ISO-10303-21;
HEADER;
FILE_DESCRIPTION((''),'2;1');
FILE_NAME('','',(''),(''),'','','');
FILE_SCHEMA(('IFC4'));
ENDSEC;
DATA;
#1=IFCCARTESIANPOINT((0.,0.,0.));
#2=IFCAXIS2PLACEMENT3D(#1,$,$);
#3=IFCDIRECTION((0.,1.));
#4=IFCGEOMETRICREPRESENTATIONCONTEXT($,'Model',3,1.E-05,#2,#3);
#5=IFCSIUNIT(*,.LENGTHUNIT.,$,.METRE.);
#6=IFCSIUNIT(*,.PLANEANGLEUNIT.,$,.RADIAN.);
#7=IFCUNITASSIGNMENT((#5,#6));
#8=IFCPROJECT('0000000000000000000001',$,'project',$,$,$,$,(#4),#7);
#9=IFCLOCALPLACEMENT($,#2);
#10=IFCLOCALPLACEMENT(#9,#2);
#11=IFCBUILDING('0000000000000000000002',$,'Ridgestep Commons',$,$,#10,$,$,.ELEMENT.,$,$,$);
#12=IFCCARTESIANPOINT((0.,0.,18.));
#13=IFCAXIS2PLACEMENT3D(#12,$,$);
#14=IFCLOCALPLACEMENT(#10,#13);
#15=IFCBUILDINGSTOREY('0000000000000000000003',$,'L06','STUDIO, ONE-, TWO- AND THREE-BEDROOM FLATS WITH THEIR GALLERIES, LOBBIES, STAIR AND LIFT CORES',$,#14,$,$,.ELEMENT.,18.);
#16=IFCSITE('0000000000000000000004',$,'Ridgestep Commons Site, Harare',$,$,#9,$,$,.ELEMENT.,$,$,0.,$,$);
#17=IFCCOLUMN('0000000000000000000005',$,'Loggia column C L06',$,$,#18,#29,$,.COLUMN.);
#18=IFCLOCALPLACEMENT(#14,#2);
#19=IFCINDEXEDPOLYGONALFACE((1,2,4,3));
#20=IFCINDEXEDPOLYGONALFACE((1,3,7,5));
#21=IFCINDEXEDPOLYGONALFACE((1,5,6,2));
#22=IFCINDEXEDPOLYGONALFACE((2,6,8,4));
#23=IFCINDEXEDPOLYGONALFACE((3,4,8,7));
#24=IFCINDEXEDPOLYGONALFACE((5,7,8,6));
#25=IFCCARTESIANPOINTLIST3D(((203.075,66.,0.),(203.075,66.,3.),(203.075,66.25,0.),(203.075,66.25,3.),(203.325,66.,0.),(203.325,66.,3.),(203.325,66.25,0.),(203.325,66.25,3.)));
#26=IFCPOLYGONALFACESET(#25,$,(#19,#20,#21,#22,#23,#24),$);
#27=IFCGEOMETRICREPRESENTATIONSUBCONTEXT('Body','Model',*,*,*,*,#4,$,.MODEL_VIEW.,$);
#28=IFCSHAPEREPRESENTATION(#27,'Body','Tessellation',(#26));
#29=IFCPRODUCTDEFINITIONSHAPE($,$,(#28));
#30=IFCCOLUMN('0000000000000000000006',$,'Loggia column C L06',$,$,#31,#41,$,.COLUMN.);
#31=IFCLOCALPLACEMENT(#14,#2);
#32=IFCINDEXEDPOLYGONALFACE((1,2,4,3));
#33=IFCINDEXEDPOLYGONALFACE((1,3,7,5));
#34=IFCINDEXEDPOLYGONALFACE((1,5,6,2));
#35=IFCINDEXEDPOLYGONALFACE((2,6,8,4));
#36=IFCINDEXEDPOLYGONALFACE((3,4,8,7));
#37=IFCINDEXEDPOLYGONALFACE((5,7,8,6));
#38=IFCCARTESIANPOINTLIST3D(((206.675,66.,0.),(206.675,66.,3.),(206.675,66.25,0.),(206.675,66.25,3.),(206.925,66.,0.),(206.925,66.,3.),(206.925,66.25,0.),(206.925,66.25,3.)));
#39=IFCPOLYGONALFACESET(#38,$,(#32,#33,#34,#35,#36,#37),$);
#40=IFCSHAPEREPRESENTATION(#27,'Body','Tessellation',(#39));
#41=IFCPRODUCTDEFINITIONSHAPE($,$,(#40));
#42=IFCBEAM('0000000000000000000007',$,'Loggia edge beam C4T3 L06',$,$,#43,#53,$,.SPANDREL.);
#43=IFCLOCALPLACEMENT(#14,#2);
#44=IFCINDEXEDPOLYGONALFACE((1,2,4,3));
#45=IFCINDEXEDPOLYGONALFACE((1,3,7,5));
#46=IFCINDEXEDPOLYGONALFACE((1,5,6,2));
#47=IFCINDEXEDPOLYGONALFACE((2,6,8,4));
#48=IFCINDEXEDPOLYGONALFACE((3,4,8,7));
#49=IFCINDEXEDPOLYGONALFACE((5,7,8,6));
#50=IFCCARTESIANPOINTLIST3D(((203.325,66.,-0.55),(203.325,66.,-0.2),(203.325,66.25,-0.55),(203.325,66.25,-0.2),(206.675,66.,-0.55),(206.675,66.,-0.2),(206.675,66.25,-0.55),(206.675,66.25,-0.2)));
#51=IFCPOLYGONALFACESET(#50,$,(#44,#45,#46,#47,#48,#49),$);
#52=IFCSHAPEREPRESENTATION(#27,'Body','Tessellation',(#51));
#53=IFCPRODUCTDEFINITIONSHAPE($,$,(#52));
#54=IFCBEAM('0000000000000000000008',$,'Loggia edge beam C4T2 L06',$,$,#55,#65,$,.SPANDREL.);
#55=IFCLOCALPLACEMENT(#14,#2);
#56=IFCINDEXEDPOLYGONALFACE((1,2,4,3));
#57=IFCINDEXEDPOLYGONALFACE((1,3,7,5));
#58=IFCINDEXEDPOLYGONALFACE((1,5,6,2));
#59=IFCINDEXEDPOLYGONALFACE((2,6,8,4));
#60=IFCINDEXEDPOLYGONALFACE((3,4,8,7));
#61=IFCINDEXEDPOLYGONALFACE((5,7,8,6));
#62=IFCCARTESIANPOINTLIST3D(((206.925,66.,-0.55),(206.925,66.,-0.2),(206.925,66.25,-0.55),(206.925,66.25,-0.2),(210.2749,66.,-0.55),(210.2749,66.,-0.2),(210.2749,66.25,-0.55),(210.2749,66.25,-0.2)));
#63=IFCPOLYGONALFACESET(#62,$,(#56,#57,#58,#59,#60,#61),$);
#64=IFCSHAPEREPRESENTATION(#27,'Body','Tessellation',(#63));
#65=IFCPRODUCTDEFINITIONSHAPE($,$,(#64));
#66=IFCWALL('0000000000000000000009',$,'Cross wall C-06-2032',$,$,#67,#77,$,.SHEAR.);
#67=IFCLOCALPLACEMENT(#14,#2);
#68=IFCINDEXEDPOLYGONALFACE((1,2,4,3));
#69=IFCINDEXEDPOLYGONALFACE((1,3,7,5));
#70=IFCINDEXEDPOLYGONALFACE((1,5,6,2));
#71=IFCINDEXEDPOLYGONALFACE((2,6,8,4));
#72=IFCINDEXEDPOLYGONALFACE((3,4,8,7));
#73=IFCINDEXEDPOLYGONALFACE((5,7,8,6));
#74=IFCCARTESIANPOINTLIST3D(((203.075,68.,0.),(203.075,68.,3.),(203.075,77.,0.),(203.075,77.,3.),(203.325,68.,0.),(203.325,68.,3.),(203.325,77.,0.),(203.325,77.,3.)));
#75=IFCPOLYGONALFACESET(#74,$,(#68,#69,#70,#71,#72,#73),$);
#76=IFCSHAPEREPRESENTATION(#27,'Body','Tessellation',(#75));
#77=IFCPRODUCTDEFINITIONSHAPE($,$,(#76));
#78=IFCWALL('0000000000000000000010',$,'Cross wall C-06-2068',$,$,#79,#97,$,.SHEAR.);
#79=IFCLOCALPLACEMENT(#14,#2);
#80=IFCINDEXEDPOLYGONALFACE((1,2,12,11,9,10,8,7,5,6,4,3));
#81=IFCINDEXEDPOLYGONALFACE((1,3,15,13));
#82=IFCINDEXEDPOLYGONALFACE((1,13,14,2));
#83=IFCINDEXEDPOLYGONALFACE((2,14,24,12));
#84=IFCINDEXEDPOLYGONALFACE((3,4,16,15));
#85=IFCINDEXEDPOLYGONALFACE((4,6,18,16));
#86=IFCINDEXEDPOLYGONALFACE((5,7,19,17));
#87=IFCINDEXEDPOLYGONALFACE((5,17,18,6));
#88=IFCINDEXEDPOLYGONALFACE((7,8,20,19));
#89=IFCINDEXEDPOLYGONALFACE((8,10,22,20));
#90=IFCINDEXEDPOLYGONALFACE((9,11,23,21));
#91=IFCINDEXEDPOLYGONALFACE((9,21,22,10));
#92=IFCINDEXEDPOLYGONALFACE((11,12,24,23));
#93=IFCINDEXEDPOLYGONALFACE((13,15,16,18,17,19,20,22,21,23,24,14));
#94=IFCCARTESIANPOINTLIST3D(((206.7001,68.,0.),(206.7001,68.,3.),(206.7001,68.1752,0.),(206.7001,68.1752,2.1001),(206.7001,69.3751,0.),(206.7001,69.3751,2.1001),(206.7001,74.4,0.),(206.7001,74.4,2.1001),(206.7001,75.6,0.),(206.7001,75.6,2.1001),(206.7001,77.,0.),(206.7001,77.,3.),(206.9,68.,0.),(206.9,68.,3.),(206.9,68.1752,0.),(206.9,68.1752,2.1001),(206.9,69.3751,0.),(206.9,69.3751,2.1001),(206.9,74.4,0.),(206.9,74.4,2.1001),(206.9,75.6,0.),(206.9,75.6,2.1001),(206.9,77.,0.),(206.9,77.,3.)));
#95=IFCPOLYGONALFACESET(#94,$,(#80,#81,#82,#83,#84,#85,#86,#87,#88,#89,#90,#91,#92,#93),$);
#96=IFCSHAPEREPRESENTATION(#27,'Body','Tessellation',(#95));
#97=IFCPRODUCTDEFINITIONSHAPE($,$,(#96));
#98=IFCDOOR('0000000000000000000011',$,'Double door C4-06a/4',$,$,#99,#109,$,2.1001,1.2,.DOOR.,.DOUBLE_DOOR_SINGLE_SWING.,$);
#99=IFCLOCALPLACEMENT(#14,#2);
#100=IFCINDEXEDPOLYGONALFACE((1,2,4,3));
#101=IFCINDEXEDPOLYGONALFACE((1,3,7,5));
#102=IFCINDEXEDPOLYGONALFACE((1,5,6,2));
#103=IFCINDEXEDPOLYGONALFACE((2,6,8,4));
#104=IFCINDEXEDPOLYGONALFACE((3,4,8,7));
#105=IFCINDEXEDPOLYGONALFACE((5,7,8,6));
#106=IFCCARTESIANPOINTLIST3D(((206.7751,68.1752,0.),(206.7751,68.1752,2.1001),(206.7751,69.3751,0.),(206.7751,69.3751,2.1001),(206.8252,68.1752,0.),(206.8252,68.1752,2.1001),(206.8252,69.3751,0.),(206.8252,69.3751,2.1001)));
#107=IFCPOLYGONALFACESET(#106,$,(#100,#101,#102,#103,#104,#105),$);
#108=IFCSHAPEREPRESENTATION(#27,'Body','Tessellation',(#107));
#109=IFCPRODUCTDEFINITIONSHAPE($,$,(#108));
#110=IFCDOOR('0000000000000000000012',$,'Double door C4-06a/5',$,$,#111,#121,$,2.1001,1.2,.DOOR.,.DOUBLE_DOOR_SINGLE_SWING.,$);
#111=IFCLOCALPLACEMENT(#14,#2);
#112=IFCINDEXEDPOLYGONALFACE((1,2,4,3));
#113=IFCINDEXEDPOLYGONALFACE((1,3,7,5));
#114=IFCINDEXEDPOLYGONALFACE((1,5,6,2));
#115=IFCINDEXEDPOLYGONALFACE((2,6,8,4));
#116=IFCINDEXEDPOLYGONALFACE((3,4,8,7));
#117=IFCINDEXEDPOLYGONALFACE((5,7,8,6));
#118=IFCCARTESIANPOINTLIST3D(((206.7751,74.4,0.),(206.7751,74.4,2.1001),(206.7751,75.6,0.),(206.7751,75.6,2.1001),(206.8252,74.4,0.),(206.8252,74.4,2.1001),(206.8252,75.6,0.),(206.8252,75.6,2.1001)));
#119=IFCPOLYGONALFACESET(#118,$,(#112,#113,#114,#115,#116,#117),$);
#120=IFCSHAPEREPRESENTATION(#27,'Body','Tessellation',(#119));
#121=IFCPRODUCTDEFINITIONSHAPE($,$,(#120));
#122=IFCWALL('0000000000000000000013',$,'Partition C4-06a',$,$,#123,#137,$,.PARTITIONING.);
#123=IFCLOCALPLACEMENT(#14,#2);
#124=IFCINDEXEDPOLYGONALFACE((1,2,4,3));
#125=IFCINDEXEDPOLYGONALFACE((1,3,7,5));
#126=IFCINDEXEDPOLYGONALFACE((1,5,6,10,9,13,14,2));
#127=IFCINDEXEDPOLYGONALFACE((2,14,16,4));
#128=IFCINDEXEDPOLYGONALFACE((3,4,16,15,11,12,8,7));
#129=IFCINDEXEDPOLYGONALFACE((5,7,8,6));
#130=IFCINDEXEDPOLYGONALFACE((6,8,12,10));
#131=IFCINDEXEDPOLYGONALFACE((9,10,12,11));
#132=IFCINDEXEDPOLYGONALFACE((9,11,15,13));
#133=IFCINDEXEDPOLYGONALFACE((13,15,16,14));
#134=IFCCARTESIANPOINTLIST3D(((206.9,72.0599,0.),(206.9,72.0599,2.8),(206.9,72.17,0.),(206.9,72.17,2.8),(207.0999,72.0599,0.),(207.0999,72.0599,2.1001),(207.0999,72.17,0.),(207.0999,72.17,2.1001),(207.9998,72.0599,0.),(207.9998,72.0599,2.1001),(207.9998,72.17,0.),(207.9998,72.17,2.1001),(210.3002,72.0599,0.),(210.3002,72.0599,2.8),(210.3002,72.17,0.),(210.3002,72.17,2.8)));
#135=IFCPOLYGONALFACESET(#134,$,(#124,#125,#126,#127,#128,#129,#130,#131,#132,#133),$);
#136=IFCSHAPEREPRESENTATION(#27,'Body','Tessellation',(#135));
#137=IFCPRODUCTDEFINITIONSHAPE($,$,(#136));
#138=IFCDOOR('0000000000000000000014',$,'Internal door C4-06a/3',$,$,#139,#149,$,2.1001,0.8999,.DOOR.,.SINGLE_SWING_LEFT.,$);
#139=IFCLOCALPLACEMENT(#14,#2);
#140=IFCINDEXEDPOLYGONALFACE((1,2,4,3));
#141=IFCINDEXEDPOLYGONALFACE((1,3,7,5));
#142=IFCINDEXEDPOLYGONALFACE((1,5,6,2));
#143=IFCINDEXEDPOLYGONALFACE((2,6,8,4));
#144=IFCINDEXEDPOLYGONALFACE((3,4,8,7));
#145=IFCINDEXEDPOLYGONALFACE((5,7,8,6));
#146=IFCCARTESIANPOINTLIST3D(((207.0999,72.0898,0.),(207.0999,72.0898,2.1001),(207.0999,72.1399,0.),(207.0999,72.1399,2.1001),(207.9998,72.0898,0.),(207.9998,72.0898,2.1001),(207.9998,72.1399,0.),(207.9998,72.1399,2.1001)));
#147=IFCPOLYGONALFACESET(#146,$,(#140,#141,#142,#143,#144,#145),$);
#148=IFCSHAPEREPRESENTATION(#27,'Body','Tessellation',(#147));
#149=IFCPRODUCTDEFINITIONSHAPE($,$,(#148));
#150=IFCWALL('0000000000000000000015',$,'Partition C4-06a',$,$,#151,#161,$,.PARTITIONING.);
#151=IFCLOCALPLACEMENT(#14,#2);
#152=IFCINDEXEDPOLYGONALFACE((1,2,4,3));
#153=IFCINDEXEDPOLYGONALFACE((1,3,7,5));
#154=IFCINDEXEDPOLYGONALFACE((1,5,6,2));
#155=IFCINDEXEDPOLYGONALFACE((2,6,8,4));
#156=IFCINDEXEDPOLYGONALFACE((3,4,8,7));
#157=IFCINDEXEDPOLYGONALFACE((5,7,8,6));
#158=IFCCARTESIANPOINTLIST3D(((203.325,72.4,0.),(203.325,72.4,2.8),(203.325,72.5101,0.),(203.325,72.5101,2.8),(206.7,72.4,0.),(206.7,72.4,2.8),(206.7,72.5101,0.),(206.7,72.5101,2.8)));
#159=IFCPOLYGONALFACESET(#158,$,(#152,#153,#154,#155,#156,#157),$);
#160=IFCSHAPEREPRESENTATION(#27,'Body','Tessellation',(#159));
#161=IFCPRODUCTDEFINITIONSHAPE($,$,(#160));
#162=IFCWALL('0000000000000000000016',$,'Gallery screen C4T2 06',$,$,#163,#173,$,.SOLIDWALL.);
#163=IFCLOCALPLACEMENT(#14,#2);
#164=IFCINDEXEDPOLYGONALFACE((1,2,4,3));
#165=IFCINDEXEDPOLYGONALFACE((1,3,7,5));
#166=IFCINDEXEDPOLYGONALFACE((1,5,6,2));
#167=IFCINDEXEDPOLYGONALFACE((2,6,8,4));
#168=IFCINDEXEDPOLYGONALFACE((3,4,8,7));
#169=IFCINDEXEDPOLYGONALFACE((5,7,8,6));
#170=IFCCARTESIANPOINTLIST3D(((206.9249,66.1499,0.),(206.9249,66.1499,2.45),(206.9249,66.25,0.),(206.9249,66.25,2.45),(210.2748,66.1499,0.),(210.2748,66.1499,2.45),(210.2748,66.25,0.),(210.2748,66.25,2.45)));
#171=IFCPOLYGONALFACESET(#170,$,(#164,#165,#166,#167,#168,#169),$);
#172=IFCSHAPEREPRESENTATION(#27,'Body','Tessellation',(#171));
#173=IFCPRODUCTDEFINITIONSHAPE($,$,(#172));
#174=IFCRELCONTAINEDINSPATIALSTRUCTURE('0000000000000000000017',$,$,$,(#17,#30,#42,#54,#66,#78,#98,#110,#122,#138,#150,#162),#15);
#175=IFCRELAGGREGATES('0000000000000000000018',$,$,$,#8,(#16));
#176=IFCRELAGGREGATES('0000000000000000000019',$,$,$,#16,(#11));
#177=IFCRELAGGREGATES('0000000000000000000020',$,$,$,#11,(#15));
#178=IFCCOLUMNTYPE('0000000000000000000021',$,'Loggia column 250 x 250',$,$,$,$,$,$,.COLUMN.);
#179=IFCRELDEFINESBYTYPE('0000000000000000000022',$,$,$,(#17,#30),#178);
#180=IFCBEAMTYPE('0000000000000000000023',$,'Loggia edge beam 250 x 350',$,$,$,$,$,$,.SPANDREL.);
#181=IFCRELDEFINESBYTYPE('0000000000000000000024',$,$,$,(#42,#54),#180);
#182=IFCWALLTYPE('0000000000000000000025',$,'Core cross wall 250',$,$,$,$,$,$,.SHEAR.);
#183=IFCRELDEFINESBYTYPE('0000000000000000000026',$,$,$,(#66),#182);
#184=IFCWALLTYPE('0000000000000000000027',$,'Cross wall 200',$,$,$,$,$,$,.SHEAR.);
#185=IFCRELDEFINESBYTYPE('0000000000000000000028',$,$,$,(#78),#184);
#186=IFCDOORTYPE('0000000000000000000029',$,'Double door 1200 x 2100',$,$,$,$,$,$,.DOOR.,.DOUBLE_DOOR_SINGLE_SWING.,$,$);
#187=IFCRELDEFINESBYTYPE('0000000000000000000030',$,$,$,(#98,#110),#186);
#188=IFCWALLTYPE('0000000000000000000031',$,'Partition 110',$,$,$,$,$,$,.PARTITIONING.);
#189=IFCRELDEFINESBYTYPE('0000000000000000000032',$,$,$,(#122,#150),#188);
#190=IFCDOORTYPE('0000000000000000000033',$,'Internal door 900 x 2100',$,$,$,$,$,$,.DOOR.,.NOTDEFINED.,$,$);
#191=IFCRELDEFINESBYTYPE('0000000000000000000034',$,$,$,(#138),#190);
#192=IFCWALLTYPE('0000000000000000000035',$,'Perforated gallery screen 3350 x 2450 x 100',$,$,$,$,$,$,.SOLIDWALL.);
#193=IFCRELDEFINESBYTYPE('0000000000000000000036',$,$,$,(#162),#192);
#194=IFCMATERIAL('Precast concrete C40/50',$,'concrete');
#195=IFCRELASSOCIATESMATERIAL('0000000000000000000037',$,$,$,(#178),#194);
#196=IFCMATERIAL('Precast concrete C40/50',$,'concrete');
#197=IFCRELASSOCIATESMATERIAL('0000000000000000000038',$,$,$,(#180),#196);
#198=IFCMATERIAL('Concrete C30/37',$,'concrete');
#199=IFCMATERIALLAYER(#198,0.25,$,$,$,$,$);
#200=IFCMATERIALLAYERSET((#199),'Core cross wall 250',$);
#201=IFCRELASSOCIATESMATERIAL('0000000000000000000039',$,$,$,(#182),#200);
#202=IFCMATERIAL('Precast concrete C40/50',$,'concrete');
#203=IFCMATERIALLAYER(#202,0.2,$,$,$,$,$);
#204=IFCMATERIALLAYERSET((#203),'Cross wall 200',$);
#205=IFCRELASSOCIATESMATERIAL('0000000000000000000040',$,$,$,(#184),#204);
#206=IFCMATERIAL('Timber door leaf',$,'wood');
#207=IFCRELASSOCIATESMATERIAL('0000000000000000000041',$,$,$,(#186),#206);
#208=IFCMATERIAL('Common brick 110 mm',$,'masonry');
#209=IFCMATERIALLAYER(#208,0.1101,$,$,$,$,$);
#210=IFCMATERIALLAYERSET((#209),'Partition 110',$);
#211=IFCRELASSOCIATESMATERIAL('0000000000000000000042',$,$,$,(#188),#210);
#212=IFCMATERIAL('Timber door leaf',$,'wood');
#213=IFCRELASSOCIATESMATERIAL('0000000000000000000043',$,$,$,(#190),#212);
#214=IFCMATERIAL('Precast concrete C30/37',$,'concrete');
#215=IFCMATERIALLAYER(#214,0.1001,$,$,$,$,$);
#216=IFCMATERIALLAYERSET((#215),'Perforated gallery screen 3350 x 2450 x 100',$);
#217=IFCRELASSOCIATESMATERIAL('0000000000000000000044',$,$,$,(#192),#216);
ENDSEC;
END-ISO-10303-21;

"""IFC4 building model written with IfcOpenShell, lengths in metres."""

from ifc_helpers import new_model, si_unit, direction, frame, frame_2d, origin, origin_2d, place, context, subcontext, project, spatial, rectangle, extrude, material, layer, layer_set, material_profile, profile_set, type_object, element, fill, save


model = new_model("IFC4")

# Units and contexts
model_context = context("Model", 3, precision=1e-05, world=origin(), true_north=direction((0.0, 1.0)))
body_context = subcontext(model_context, "Body", "Model", "MODEL_VIEW")
ifc_project = project(units=[si_unit("LENGTHUNIT", "METRE"), si_unit("PLANEANGLEUNIT", "RADIAN")], contexts=[model_context])

# Site, building, storey
site_placement = place(None, origin())
site = spatial("IfcSite", under=ifc_project, at=site_placement, Name="Ridgestep Commons Site, Harare", CompositionType="ELEMENT", RefElevation=0.0)
building_placement = place(site_placement, origin())
building = spatial("IfcBuilding", under=site, at=building_placement, Name="Ridgestep Commons", CompositionType="ELEMENT")
storey_placement = place(building_placement, frame((0.0, 0.0, 18.0)))
storey = spatial("IfcBuildingStorey", under=building, at=storey_placement, Name="L06", Description="STUDIO, ONE-, TWO- AND THREE-BEDROOM FLATS WITH THEIR GALLERIES, LOBBIES, STAIR AND LIFT CORES", CompositionType="ELEMENT", Elevation=18.0)

# Columns
ifc_material_1 = material(Name="Precast concrete C40/50", Category="concrete")
ifc_material_profile_1 = material_profile(ifc_material_1, rectangle(XDim=0.25, YDim=0.25, at=origin_2d()), Name="PC 250x250")
ifc_profile_set_1 = profile_set([ifc_material_profile_1], Name="Precast concrete C40/50")
column_type = type_object("IfcColumnType", Name="Loggia column 250 x 250", PredefinedType="COLUMN", material=ifc_profile_set_1)
for number, where, z_axis, x_axis, name in (
    (1, (203.2, 66.125, 0.0), (0.0, 0.0, 1.0), (1.0, 0.0, 0.0), "Loggia column C L06"),
    (2, (206.8, 66.125, 0.0), (0.0, 0.0, 1.0), (1.0, 0.0, 0.0), "Loggia column C L06"),
):
    element("IfcColumn", number, at=place(storey_placement, frame(where, z_axis=z_axis, x_axis=x_axis)), inside=storey, type_object=column_type, Name=name, PredefinedType="COLUMN", context=body_context, shape_type="SweptSolid", body=[
        extrude(rectangle(XDim=0.25, YDim=0.25, at=origin_2d()), origin(), (0.0, 0.0, 1.0), 3.0),
    ])

# Beams
ifc_material_2 = material(Name="Precast concrete C40/50", Category="concrete")
ifc_material_profile_2 = material_profile(ifc_material_2, rectangle(XDim=0.25, YDim=0.3501, at=origin_2d()), Name="PC 250x350")
ifc_profile_set_2 = profile_set([ifc_material_profile_2], Name="Precast concrete C40/50")
beam_type = type_object("IfcBeamType", Name="Loggia edge beam 250 x 350", PredefinedType="SPANDREL", material=ifc_profile_set_2)
beam_1_placement = place(storey_placement, frame((203.325, 66.125, -0.375), z_axis=(1.0, 0.0, 0.0), x_axis=(0.0, 1.0, 0.0)))
element("IfcBeam", 3, at=beam_1_placement, inside=storey, type_object=beam_type, Name="Loggia edge beam C4T3 L06", PredefinedType="SPANDREL", context=body_context, shape_type="SweptSolid", body=[
    extrude(rectangle(XDim=0.25, YDim=0.3501, at=origin_2d()), origin(), (0.0, 0.0, 1.0), 3.3501),
])
beam_2_placement = place(storey_placement, frame((206.925, 66.125, -0.375), z_axis=(1.0, 0.0, 0.0), x_axis=(0.0, 1.0, 0.0)))
element("IfcBeam", 4, at=beam_2_placement, inside=storey, type_object=beam_type, Name="Loggia edge beam C4T2 L06", PredefinedType="SPANDREL", context=body_context, shape_type="SweptSolid", body=[
    extrude(rectangle(XDim=0.25, YDim=0.3501, at=origin_2d()), origin(), (0.0, 0.0, 1.0), 3.3499),
])

# Wall
ifc_material_3 = material(Name="Concrete C30/37", Category="concrete")
ifc_layer_1 = layer(ifc_material_3, 0.25)
ifc_layer_set_1 = layer_set([ifc_layer_1], Name="Core cross wall 250")
wall_type_1 = type_object("IfcWallType", Name="Core cross wall 250", PredefinedType="SHEAR", material=ifc_layer_set_1)
wall_1_placement = place(storey_placement, frame((203.2, 68.0, 0.0), z_axis=(0.0, 0.0, 1.0), x_axis=(0.0, 1.0, 0.0)))
element("IfcWall", 5, at=wall_1_placement, inside=storey, type_object=wall_type_1, Name="Cross wall C-06-2032", PredefinedType="SHEAR", context=body_context, shape_type="SweptSolid", body=[
    extrude(rectangle(XDim=9.0, YDim=0.25, at=frame_2d((4.5, 0.0))), origin(), (0.0, 0.0, 1.0), 3.0),
])

# Wall, openings, doors
ifc_material_4 = material(Name="Precast concrete C40/50", Category="concrete")
ifc_layer_2 = layer(ifc_material_4, 0.2)
ifc_layer_set_2 = layer_set([ifc_layer_2], Name="Cross wall 200")
wall_type_2 = type_object("IfcWallType", Name="Cross wall 200", PredefinedType="SHEAR", material=ifc_layer_set_2)
wall_2_placement = place(storey_placement, frame((206.8, 68.0, 0.0), z_axis=(0.0, 0.0, 1.0), x_axis=(0.0, 1.0, 0.0)))
wall_2 = element("IfcWall", 6, at=wall_2_placement, inside=storey, type_object=wall_type_2, Name="Cross wall C-06-2068", PredefinedType="SHEAR", context=body_context, shape_type="SweptSolid", body=[
    extrude(rectangle(XDim=9.0, YDim=0.2, at=frame_2d((4.5, 0.0))), origin(), (0.0, 0.0, 1.0), 3.0),
])
opening_1_placement = place(wall_2_placement, frame((0.175, 0.0, 0.0)))
opening_1 = element("IfcOpeningElement", 7, at=opening_1_placement, cuts=wall_2, PredefinedType="OPENING", context=body_context, shape_type="SweptSolid", body=[
    extrude(rectangle(XDim=1.2, YDim=2.1001, at=frame_2d((0.6001, 1.05))), frame((0.0, 0.1099, 0.0), z_axis=(0.0, -1.0, 0.0), x_axis=(1.0, 0.0, 0.0)), (0.0, 0.0, 1.0), 0.22),
])
opening_2_placement = place(wall_2_placement, frame((6.3999, 0.0, 0.0)))
opening_2 = element("IfcOpeningElement", 8, at=opening_2_placement, cuts=wall_2, PredefinedType="OPENING", context=body_context, shape_type="SweptSolid", body=[
    extrude(rectangle(XDim=1.2, YDim=2.1001, at=frame_2d((0.6001, 1.05))), frame((0.0, 0.1099, 0.0), z_axis=(0.0, -1.0, 0.0), x_axis=(1.0, 0.0, 0.0)), (0.0, 0.0, 1.0), 0.22),
])
ifc_material_5 = material(Name="Timber door leaf", Category="wood")
door_type_1 = type_object("IfcDoorType", Name="Double door 1200 x 2100", OperationType="DOUBLE_DOOR_SINGLE_SWING", PredefinedType="DOOR", material=ifc_material_5)
door_1_placement = place(opening_1_placement, origin())
door_1 = element("IfcDoor", 9, at=door_1_placement, inside=storey, type_object=door_type_1, Name="Double door C4-06a/4", OperationType="DOUBLE_DOOR_SINGLE_SWING", OverallHeight=2.1001, OverallWidth=1.2, PredefinedType="DOOR", context=body_context, shape_type="SweptSolid", body=[
    extrude(rectangle(XDim=1.2, YDim=2.1001, at=frame_2d((0.6001, 1.05))), frame((0.0, 0.0249, 0.0), z_axis=(0.0, -1.0, 0.0), x_axis=(1.0, 0.0, 0.0)), (0.0, 0.0, 1.0), 0.05),
])
fill(opening_1, door_1)
door_2_placement = place(opening_2_placement, origin())
door_2 = element("IfcDoor", 10, at=door_2_placement, inside=storey, type_object=door_type_1, Name="Double door C4-06a/5", OperationType="DOUBLE_DOOR_SINGLE_SWING", OverallHeight=2.1001, OverallWidth=1.2, PredefinedType="DOOR", context=body_context, shape_type="SweptSolid", body=[
    extrude(rectangle(XDim=1.2, YDim=2.1001, at=frame_2d((0.6001, 1.05))), frame((0.0, 0.0249, 0.0), z_axis=(0.0, -1.0, 0.0), x_axis=(1.0, 0.0, 0.0)), (0.0, 0.0, 1.0), 0.05),
])
fill(opening_2, door_2)

# Wall, opening, door
ifc_material_6 = material(Name="Common brick 110 mm", Category="masonry")
ifc_layer_3 = layer(ifc_material_6, 0.1101)
ifc_layer_set_3 = layer_set([ifc_layer_3], Name="Partition 110")
wall_type_3 = type_object("IfcWallType", Name="Partition 110", PredefinedType="PARTITIONING", material=ifc_layer_set_3)
wall_3_placement = place(storey_placement, frame((206.8999, 72.115, 0.0), z_axis=(0.0, 0.0, 1.0), x_axis=(1.0, 0.0, 0.0)))
wall_3 = element("IfcWall", 11, at=wall_3_placement, inside=storey, type_object=wall_type_3, Name="Partition C4-06a", PredefinedType="PARTITIONING", context=body_context, shape_type="SweptSolid", body=[
    extrude(rectangle(XDim=3.4001, YDim=0.1101, at=frame_2d((1.7002, 0.0))), origin(), (0.0, 0.0, 1.0), 2.8),
])
opening_3_placement = place(wall_3_placement, frame((0.2, 0.0, 0.0)))
opening_3 = element("IfcOpeningElement", 12, at=opening_3_placement, cuts=wall_3, PredefinedType="OPENING", context=body_context, shape_type="SweptSolid", body=[
    extrude(rectangle(XDim=0.8999, YDim=2.1001, at=frame_2d((0.45, 1.05))), frame((0.0, 0.0649, 0.0), z_axis=(0.0, -1.0, 0.0), x_axis=(1.0, 0.0, 0.0)), (0.0, 0.0, 1.0), 0.1301),
])
ifc_material_7 = material(Name="Timber door leaf", Category="wood")
door_type_2 = type_object("IfcDoorType", Name="Internal door 900 x 2100", OperationType="NOTDEFINED", PredefinedType="DOOR", material=ifc_material_7)
door_3_placement = place(opening_3_placement, origin())
door_3 = element("IfcDoor", 13, at=door_3_placement, inside=storey, type_object=door_type_2, Name="Internal door C4-06a/3", OperationType="SINGLE_SWING_LEFT", OverallHeight=2.1001, OverallWidth=0.8999, PredefinedType="DOOR", context=body_context, shape_type="SweptSolid", body=[
    extrude(rectangle(XDim=0.8999, YDim=2.1001, at=frame_2d((0.45, 1.05))), frame((0.0, 0.0249, 0.0), z_axis=(0.0, -1.0, 0.0), x_axis=(1.0, 0.0, 0.0)), (0.0, 0.0, 1.0), 0.05),
])
fill(opening_3, door_3)

# Walls
wall_4_placement = place(storey_placement, frame((203.325, 72.4551, 0.0), z_axis=(0.0, 0.0, 1.0), x_axis=(1.0, 0.0, 0.0)))
element("IfcWall", 14, at=wall_4_placement, inside=storey, type_object=wall_type_3, Name="Partition C4-06a", PredefinedType="PARTITIONING", context=body_context, shape_type="SweptSolid", body=[
    extrude(rectangle(XDim=3.375, YDim=0.1101, at=frame_2d((1.6875, 0.0))), origin(), (0.0, 0.0, 1.0), 2.8),
])
ifc_material_8 = material(Name="Precast concrete C30/37", Category="concrete")
ifc_layer_4 = layer(ifc_material_8, 0.1001)
ifc_layer_set_4 = layer_set([ifc_layer_4], Name="Perforated gallery screen 3350 x 2450 x 100")
wall_type_4 = type_object("IfcWallType", Name="Perforated gallery screen 3350 x 2450 x 100", PredefinedType="SOLIDWALL", material=ifc_layer_set_4)
wall_5_placement = place(storey_placement, frame((206.925, 66.2, 0.0), z_axis=(0.0, 0.0, 1.0), x_axis=(1.0, 0.0, 0.0)))
element("IfcWall", 15, at=wall_5_placement, inside=storey, type_object=wall_type_4, Name="Gallery screen C4T2 06", PredefinedType="SOLIDWALL", context=body_context, shape_type="SweptSolid", body=[
    extrude(rectangle(XDim=3.3499, YDim=0.1001, at=frame_2d((1.6748, 0.0))), origin(), (0.0, 0.0, 1.0), 2.45),
])

save(model, "model.ifc")
